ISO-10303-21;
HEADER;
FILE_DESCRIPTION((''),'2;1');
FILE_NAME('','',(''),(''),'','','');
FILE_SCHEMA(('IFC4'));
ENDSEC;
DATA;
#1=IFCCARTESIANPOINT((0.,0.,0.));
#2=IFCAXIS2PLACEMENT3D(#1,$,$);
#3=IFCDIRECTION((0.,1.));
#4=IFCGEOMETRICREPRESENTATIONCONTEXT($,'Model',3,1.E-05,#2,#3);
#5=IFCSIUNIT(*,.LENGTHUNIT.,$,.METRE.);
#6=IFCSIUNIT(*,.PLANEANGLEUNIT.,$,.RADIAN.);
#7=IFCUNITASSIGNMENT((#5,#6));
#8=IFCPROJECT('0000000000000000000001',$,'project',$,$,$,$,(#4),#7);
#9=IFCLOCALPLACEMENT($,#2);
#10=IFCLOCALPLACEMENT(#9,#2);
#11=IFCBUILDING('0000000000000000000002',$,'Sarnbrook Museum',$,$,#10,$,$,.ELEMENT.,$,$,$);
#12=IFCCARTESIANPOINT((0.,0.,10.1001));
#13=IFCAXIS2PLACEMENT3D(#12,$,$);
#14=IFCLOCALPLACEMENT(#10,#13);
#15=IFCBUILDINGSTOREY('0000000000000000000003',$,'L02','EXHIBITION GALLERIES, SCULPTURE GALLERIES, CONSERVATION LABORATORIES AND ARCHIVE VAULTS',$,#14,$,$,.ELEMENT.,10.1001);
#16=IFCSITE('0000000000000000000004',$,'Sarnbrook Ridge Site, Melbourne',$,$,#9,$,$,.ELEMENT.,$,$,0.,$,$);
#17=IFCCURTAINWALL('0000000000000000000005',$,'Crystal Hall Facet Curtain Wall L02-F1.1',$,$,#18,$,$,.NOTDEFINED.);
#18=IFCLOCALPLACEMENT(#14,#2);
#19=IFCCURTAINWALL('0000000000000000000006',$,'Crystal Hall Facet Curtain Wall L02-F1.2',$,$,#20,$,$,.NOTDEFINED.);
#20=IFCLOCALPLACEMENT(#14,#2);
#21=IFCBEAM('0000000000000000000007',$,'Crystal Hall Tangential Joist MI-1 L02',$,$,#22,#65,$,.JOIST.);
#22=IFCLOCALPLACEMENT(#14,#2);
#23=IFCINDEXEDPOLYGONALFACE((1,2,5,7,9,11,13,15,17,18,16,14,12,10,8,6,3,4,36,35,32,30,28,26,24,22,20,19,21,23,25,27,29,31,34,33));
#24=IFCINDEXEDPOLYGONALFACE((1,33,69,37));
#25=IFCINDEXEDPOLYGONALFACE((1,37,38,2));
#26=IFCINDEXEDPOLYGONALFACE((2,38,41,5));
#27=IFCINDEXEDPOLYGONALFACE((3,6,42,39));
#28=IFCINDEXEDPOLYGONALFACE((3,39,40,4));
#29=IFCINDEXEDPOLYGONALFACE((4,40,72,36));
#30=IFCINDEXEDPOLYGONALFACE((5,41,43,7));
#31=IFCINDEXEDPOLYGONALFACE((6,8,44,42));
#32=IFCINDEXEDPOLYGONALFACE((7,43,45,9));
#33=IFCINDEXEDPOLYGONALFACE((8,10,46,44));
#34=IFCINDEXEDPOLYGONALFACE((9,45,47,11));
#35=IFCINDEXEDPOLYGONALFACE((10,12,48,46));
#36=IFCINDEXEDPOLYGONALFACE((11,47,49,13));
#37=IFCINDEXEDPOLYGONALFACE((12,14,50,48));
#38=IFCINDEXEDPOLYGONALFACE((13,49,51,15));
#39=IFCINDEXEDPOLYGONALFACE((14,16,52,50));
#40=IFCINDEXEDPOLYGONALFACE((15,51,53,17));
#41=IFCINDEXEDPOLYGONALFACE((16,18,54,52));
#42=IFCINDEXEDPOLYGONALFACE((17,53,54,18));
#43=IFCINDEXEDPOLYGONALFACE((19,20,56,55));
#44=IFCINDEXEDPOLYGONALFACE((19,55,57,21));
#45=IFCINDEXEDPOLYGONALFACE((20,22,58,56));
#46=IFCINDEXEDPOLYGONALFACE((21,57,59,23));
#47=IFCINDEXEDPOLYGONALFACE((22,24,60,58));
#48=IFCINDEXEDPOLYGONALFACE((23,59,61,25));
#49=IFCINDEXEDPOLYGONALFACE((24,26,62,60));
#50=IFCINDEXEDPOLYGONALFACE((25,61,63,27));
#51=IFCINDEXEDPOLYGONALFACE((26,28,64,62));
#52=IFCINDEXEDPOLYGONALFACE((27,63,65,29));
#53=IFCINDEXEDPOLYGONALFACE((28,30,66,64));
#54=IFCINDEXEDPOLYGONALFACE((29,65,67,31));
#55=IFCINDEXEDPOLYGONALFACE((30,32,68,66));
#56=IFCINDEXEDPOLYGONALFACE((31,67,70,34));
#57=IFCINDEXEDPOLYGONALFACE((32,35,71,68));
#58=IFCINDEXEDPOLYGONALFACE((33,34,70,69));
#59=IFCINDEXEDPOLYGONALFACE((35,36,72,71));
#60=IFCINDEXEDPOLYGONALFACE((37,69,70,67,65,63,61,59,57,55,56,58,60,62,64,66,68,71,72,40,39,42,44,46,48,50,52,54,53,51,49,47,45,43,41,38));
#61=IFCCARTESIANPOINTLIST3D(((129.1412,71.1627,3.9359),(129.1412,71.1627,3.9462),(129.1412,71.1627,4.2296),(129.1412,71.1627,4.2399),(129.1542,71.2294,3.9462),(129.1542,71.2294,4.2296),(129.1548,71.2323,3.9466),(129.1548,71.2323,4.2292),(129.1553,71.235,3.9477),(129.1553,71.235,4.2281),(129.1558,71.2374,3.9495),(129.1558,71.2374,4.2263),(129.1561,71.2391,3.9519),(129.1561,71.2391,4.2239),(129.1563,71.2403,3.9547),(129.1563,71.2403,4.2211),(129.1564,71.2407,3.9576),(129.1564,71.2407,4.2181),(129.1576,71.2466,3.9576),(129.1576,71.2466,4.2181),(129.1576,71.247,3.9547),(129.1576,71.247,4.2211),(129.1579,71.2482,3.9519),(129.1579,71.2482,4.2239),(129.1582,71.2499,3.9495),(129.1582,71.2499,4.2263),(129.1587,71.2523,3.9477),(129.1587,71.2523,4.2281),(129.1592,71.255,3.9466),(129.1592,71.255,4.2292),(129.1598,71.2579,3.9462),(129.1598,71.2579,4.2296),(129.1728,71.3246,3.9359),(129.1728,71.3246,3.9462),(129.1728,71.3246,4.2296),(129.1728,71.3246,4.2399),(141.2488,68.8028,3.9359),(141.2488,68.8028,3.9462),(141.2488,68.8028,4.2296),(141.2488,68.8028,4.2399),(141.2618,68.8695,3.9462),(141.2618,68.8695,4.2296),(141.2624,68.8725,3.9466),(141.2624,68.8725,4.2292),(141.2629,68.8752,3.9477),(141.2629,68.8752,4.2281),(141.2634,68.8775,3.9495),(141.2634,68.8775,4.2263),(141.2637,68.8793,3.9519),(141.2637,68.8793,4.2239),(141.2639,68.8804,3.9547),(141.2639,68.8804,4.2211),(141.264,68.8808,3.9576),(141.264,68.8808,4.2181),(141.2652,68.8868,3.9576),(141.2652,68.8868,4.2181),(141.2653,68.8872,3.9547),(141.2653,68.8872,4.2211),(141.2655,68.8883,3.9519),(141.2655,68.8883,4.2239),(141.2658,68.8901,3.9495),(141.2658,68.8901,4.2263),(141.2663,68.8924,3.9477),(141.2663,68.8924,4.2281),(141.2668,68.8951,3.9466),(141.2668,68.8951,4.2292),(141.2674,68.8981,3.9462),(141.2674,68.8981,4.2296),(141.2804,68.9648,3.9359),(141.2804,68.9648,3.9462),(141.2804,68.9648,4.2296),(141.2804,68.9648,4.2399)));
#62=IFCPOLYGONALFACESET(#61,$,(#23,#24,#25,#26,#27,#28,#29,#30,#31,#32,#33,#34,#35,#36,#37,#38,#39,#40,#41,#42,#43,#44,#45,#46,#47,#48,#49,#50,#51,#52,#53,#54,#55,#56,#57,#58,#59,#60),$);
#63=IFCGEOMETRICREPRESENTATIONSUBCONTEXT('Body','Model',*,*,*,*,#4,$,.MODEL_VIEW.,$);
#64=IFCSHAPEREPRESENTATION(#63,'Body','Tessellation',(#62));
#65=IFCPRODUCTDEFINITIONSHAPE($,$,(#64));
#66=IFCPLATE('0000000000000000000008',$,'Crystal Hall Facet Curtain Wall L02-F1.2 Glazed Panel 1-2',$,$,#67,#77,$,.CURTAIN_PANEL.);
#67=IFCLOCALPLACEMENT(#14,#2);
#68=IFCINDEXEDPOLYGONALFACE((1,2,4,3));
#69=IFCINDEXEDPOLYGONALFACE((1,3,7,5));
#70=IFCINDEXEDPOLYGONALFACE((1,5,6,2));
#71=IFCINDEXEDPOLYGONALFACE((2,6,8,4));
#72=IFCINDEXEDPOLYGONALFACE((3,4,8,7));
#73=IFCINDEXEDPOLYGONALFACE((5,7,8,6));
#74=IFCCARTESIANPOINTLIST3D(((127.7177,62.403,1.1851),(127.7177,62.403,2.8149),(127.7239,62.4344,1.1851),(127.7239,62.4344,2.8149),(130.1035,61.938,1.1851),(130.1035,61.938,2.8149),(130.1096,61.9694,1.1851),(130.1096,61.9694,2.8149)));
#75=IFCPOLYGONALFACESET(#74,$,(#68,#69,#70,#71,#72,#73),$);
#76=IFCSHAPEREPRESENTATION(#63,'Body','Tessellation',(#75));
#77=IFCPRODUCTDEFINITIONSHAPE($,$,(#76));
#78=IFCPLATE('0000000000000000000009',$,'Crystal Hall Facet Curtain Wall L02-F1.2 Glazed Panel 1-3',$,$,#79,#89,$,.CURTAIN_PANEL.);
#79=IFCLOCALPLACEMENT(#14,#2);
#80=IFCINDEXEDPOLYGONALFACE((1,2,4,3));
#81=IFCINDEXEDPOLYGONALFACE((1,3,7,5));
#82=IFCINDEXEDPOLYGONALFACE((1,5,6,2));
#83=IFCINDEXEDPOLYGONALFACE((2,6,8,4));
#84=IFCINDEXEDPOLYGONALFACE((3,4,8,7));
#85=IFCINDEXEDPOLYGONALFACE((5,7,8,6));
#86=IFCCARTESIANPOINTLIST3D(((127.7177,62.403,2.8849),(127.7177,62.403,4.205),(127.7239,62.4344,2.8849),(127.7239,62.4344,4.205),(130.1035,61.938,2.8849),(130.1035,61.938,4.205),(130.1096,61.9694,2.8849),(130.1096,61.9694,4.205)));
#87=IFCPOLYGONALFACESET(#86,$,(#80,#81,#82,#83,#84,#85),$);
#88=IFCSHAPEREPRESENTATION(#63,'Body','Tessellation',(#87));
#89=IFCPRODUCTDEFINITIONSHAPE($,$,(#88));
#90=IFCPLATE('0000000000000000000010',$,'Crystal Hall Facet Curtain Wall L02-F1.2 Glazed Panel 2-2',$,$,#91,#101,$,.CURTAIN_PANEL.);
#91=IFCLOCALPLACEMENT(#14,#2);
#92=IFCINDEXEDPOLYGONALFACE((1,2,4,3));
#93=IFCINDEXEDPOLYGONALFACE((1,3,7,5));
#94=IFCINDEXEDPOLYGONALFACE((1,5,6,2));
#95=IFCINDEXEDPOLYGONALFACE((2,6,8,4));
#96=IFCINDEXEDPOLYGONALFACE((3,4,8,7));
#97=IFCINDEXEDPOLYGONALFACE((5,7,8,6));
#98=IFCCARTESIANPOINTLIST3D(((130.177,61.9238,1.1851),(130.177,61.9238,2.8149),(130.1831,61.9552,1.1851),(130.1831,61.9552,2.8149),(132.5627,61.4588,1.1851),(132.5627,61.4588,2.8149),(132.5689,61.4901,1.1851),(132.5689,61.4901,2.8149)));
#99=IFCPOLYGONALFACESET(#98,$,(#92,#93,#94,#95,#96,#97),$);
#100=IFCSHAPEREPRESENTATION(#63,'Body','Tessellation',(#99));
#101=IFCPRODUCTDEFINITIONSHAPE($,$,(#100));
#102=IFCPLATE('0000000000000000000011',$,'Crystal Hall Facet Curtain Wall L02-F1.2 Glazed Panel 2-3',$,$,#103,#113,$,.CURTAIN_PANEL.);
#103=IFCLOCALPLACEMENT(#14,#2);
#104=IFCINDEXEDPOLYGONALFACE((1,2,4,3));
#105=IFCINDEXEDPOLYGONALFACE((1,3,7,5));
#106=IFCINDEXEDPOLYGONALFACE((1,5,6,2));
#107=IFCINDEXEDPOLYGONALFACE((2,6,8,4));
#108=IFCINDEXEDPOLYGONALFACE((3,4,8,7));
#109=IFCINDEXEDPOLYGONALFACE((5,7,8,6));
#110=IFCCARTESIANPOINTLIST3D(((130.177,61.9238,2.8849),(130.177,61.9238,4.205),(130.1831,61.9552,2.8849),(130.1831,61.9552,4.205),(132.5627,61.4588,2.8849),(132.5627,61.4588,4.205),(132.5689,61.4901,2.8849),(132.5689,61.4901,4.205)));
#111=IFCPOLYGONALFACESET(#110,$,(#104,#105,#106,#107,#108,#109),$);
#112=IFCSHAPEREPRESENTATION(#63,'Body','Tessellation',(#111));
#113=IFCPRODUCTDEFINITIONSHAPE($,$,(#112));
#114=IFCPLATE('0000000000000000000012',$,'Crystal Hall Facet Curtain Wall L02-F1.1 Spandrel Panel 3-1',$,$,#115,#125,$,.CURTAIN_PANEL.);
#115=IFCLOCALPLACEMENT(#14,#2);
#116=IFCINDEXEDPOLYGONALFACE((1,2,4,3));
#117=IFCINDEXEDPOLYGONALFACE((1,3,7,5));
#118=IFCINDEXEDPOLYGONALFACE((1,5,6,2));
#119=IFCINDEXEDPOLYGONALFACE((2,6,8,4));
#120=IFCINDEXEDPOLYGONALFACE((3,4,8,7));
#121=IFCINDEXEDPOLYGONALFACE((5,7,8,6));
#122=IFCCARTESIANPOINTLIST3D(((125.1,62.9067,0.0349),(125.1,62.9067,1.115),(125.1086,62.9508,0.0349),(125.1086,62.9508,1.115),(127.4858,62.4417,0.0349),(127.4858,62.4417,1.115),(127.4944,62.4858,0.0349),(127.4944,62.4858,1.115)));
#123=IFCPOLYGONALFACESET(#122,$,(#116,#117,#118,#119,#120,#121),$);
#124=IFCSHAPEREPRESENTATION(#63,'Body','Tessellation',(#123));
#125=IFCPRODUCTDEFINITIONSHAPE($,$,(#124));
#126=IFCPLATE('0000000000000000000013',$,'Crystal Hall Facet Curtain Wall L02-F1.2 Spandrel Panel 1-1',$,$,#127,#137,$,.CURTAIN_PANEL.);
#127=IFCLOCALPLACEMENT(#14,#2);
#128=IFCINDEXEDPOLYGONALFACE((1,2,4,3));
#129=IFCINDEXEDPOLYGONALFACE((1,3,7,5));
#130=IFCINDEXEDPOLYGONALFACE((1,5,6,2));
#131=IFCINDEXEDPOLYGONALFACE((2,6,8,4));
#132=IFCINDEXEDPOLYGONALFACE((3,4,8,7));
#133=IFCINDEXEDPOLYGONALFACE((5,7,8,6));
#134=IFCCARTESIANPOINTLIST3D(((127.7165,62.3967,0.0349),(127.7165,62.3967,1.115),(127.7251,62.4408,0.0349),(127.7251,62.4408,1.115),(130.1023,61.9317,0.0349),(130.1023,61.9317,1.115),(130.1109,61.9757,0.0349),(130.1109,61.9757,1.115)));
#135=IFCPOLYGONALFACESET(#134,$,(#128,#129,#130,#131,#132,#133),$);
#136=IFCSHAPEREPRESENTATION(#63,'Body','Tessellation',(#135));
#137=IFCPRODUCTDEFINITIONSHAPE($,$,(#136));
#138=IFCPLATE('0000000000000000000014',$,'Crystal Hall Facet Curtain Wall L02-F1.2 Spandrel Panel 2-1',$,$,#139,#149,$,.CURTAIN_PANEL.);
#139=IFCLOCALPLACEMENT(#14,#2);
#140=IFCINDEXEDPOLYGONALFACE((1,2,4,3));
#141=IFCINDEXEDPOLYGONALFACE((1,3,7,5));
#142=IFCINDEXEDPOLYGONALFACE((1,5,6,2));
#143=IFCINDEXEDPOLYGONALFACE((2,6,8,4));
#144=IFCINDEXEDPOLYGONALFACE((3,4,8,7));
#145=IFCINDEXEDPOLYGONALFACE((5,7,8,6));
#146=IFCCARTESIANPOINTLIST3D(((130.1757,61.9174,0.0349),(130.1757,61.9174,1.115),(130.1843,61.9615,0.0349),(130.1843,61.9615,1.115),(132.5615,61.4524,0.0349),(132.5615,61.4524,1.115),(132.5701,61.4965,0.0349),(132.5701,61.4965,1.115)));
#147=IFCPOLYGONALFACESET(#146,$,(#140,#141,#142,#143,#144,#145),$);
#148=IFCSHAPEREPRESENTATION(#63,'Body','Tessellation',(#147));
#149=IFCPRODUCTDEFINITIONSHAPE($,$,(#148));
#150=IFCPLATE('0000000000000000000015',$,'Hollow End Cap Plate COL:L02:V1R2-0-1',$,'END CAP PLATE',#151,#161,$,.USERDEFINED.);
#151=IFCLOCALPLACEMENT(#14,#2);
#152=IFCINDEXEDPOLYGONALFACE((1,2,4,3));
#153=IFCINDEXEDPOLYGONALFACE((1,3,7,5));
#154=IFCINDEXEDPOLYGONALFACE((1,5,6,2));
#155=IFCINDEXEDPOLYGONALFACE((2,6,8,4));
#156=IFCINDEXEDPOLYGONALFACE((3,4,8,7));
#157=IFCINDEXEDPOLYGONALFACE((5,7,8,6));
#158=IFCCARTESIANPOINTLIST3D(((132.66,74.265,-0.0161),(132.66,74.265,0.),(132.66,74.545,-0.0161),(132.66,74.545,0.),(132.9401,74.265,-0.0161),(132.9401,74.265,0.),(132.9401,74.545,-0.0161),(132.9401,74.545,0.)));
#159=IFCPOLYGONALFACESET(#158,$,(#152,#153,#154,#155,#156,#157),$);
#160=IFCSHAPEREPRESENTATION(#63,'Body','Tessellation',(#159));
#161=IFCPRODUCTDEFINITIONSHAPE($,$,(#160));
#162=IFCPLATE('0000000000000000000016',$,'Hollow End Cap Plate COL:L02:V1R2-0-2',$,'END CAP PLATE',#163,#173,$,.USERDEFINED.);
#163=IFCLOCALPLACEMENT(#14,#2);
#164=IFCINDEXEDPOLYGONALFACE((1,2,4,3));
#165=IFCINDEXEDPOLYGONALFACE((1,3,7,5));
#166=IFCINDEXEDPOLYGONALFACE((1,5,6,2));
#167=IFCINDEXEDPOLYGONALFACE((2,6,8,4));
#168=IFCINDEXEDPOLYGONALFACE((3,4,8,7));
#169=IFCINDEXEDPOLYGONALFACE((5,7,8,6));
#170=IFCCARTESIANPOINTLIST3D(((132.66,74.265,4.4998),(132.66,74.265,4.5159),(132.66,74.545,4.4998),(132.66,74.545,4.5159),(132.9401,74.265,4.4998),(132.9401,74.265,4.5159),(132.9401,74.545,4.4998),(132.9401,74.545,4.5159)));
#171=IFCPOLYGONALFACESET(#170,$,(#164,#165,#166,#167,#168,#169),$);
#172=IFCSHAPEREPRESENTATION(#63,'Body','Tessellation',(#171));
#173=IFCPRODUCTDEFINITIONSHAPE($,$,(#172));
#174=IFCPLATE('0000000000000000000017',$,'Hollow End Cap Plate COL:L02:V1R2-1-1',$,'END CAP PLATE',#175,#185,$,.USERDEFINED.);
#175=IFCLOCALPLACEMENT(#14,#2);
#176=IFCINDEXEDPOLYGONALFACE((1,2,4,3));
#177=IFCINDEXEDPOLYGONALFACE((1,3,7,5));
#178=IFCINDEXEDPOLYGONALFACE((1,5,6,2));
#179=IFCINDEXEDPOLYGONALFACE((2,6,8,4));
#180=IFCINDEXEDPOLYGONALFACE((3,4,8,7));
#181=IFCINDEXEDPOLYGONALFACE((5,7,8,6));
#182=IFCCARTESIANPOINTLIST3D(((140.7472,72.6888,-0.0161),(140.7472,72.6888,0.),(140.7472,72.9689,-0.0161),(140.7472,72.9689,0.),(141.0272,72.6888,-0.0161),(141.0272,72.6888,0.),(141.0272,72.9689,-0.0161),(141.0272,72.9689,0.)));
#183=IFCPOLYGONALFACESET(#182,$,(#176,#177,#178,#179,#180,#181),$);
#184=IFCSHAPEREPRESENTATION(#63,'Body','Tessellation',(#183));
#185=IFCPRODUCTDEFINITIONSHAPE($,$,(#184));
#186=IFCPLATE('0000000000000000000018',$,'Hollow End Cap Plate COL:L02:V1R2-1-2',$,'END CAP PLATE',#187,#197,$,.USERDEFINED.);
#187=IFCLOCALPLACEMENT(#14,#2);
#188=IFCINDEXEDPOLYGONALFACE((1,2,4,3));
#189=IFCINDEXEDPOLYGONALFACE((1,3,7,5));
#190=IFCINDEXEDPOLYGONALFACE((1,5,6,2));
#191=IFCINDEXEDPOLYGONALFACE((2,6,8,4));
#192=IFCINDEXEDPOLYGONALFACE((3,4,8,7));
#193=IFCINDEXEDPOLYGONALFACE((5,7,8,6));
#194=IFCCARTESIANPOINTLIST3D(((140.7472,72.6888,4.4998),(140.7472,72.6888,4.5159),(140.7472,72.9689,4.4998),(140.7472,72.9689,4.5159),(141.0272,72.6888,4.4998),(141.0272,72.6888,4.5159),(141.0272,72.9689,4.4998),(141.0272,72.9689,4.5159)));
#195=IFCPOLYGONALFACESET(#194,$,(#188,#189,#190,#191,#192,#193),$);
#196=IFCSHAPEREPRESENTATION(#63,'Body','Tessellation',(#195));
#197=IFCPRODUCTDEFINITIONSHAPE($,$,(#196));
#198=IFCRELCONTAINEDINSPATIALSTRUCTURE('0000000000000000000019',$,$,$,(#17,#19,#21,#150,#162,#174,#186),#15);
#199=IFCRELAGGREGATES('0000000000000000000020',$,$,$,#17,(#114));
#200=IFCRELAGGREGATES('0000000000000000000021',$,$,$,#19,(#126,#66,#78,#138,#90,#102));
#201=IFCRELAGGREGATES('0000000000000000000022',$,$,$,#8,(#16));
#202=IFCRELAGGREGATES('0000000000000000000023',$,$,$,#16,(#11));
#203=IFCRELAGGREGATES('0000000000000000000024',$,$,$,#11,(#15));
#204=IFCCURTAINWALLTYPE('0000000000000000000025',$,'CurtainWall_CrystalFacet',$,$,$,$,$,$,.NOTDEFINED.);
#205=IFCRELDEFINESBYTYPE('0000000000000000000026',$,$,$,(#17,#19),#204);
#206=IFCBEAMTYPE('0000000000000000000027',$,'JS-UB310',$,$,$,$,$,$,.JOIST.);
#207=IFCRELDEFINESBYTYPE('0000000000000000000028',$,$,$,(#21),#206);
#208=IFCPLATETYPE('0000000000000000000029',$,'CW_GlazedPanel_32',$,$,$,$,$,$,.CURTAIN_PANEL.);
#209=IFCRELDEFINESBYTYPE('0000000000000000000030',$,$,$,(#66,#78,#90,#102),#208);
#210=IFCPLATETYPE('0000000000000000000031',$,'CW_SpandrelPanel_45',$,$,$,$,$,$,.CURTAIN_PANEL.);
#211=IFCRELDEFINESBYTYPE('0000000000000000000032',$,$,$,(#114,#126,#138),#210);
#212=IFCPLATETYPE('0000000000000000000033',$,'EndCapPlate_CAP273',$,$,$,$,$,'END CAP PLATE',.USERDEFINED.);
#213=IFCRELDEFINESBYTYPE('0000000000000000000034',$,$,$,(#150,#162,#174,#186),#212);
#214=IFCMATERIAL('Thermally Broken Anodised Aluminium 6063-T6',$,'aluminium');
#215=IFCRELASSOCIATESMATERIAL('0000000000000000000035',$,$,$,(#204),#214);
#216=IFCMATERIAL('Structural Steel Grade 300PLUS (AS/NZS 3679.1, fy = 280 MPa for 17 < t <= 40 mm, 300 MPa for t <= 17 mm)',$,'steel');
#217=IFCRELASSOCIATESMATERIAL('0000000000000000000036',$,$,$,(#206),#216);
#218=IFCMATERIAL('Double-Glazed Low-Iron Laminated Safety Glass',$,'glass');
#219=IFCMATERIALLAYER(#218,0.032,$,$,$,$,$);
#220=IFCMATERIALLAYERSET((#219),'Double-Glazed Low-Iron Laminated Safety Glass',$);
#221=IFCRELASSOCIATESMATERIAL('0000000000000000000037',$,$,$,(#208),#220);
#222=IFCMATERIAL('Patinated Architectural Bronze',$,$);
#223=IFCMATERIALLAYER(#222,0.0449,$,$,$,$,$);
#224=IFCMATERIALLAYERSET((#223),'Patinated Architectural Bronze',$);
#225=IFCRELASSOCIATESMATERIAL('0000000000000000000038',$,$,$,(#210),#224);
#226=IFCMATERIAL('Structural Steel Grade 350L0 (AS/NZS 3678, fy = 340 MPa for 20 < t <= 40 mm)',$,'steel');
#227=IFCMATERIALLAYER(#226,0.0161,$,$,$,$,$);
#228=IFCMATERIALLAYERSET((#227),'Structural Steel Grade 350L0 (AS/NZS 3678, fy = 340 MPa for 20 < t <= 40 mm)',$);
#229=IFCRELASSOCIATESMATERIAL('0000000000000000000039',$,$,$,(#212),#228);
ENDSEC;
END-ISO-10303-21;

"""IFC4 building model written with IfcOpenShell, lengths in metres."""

from ifc_helpers import new_model, si_unit, direction, frame, origin, origin_2d, place, context, subcontext, project, spatial, rectangle, i_section, extrude, material, layer, layer_set, material_profile, profile_set, type_object, element, aggregate, save


model = new_model("IFC4")

# Units and contexts
model_context = context("Model", 3, precision=1e-05, world=origin(), true_north=direction((0.0, 1.0)))
body_context = subcontext(model_context, "Body", "Model", "MODEL_VIEW")
ifc_project = project(units=[si_unit("LENGTHUNIT", "METRE"), si_unit("PLANEANGLEUNIT", "RADIAN")], contexts=[model_context])

# Site, building, storey
site_placement = place(None, origin())
site = spatial("IfcSite", under=ifc_project, at=site_placement, Name="Sarnbrook Ridge Site, Melbourne", CompositionType="ELEMENT", RefElevation=0.0)
building_placement = place(site_placement, origin())
building = spatial("IfcBuilding", under=site, at=building_placement, Name="Sarnbrook Museum", CompositionType="ELEMENT")
storey_placement = place(building_placement, frame((0.0, 0.0, 10.1001)))
storey = spatial("IfcBuildingStorey", under=building, at=storey_placement, Name="L02", Description="EXHIBITION GALLERIES, SCULPTURE GALLERIES, CONSERVATION LABORATORIES AND ARCHIVE VAULTS", CompositionType="ELEMENT", Elevation=10.1001)

# Shared definitions
ifc_material_1 = material(Name="Structural Steel Grade 300PLUS (AS/NZS 3679.1, fy = 280 MPa for 17 < t <= 40 mm, 300 MPa for t <= 17 mm)", Category="steel")
ifc_material_2 = material(Name="Structural Steel Grade 350L0 (AS/NZS 3678, fy = 340 MPa for 20 < t <= 40 mm)", Category="steel")

# Curtain wall
ifc_material_3 = material(Name="Thermally Broken Anodised Aluminium 6063-T6", Category="aluminium")
curtain_wall_type = type_object("IfcCurtainWallType", Name="CurtainWall_CrystalFacet", PredefinedType="NOTDEFINED", material=ifc_material_3)
curtain_wall_1_placement = place(storey_placement, origin())
curtain_wall_1 = element("IfcCurtainWall", 1, at=curtain_wall_1_placement, inside=storey, type_object=curtain_wall_type, Name="Crystal Hall Facet Curtain Wall L02-F1.1", PredefinedType="NOTDEFINED")

# Curtain wall
curtain_wall_2_placement = place(storey_placement, origin())
curtain_wall_2 = element("IfcCurtainWall", 2, at=curtain_wall_2_placement, inside=storey, type_object=curtain_wall_type, Name="Crystal Hall Facet Curtain Wall L02-F1.2", PredefinedType="NOTDEFINED")

# Beam
ifc_material_profile_1 = material_profile(ifc_material_1, i_section(OverallWidth=0.165, OverallDepth=0.304, WebThickness=0.0061, FlangeThickness=0.0103, FilletRadius=0.0115, at=origin_2d()), Name="310UB40.4")
ifc_profile_set_1 = profile_set([ifc_material_profile_1], Name="Structural Steel Grade 300PLUS (AS/NZS 3679.1, fy = 280 MPa for 17 < t <= 40 mm, 300 MPa for t <= 17 mm)")
beam_type_1 = type_object("IfcBeamType", Name="JS-UB310", PredefinedType="JOIST", material=ifc_profile_set_1)
beam_1_placement = place(storey_placement, frame((129.157, 71.2437, 4.0879), z_axis=(0.98153, -0.191307, 0.0), x_axis=(0.191307, 0.98153, 0.0)))
element("IfcBeam", 3, at=beam_1_placement, inside=storey, type_object=beam_type_1, Name="Crystal Hall Tangential Joist MI-1 L02", PredefinedType="JOIST", context=body_context, shape_type="SweptSolid", body=[
    extrude(i_section(OverallWidth=0.165, OverallDepth=0.304, WebThickness=0.0061, FlangeThickness=0.0103, FilletRadius=0.0115, at=origin_2d()), origin(), (0.0, 0.0, 1.0), 12.3354),
])

# Plates
ifc_material_4 = material(Name="Double-Glazed Low-Iron Laminated Safety Glass", Category="glass")
ifc_layer_1 = layer(ifc_material_4, 0.032)
ifc_layer_set_1 = layer_set([ifc_layer_1], Name="Double-Glazed Low-Iron Laminated Safety Glass")
plate_type_1 = type_object("IfcPlateType", Name="CW_GlazedPanel_32", PredefinedType="CURTAIN_PANEL", material=ifc_layer_set_1)
plate_1_placement = place(storey_placement, frame((128.9167, 62.2019, 2.0), z_axis=(-0.191313, -0.981529, 0.0), x_axis=(0.981529, -0.191313, 0.0)))
plate_1 = element("IfcPlate", 4, at=plate_1_placement, type_object=plate_type_1, Name="Crystal Hall Facet Curtain Wall L02-F1.2 Glazed Panel 1-2", PredefinedType="CURTAIN_PANEL", context=body_context, shape_type="SweptSolid", body=[
    extrude(rectangle(XDim=2.4307, YDim=1.6299, at=origin_2d()), origin(), (0.0, 0.0, 1.0), 0.032),
])
plate_2_placement = place(storey_placement, frame((128.9167, 62.2019, 3.5449), z_axis=(-0.191313, -0.981529, 0.0), x_axis=(0.981529, -0.191313, 0.0)))
plate_2 = element("IfcPlate", 5, at=plate_2_placement, type_object=plate_type_1, Name="Crystal Hall Facet Curtain Wall L02-F1.2 Glazed Panel 1-3", PredefinedType="CURTAIN_PANEL", context=body_context, shape_type="SweptSolid", body=[
    extrude(rectangle(XDim=2.4307, YDim=1.3201, at=origin_2d()), origin(), (0.0, 0.0, 1.0), 0.032),
])
plate_3_placement = place(storey_placement, frame((131.376, 61.7227, 2.0), z_axis=(-0.191313, -0.981529, 0.0), x_axis=(0.981529, -0.191313, 0.0)))
plate_3 = element("IfcPlate", 6, at=plate_3_placement, type_object=plate_type_1, Name="Crystal Hall Facet Curtain Wall L02-F1.2 Glazed Panel 2-2", PredefinedType="CURTAIN_PANEL", context=body_context, shape_type="SweptSolid", body=[
    extrude(rectangle(XDim=2.4307, YDim=1.6299, at=origin_2d()), origin(), (0.0, 0.0, 1.0), 0.032),
])
plate_4_placement = place(storey_placement, frame((131.376, 61.7227, 3.5449), z_axis=(-0.191313, -0.981529, 0.0), x_axis=(0.981529, -0.191313, 0.0)))
plate_4 = element("IfcPlate", 7, at=plate_4_placement, type_object=plate_type_1, Name="Crystal Hall Facet Curtain Wall L02-F1.2 Glazed Panel 2-3", PredefinedType="CURTAIN_PANEL", context=body_context, shape_type="SweptSolid", body=[
    extrude(rectangle(XDim=2.4307, YDim=1.3201, at=origin_2d()), origin(), (0.0, 0.0, 1.0), 0.032),
])
ifc_material_5 = material(Name="Patinated Architectural Bronze")
ifc_layer_2 = layer(ifc_material_5, 0.0449)
ifc_layer_set_2 = layer_set([ifc_layer_2], Name="Patinated Architectural Bronze")
plate_type_2 = type_object("IfcPlateType", Name="CW_SpandrelPanel_45", PredefinedType="CURTAIN_PANEL", material=ifc_layer_set_2)
plate_5_placement = place(storey_placement, frame((126.3015, 62.7183, 0.575), z_axis=(-0.191313, -0.981529, 0.0), x_axis=(0.981529, -0.191313, 0.0)))
plate_5 = element("IfcPlate", 8, at=plate_5_placement, type_object=plate_type_2, Name="Crystal Hall Facet Curtain Wall L02-F1.1 Spandrel Panel 3-1", PredefinedType="CURTAIN_PANEL", context=body_context, shape_type="SweptSolid", body=[
    extrude(rectangle(XDim=2.4307, YDim=1.0801, at=origin_2d()), origin(), (0.0, 0.0, 1.0), 0.0449),
])
aggregate(curtain_wall_1, [plate_5])
plate_6_placement = place(storey_placement, frame((128.918, 62.2083, 0.575), z_axis=(-0.191313, -0.981529, 0.0), x_axis=(0.981529, -0.191313, 0.0)))
plate_6 = element("IfcPlate", 9, at=plate_6_placement, type_object=plate_type_2, Name="Crystal Hall Facet Curtain Wall L02-F1.2 Spandrel Panel 1-1", PredefinedType="CURTAIN_PANEL", context=body_context, shape_type="SweptSolid", body=[
    extrude(rectangle(XDim=2.4307, YDim=1.0801, at=origin_2d()), origin(), (0.0, 0.0, 1.0), 0.0449),
])
plate_7_placement = place(storey_placement, frame((131.3772, 61.729, 0.575), z_axis=(-0.191313, -0.981529, 0.0), x_axis=(0.981529, -0.191313, 0.0)))
plate_7 = element("IfcPlate", 10, at=plate_7_placement, type_object=plate_type_2, Name="Crystal Hall Facet Curtain Wall L02-F1.2 Spandrel Panel 2-1", PredefinedType="CURTAIN_PANEL", context=body_context, shape_type="SweptSolid", body=[
    extrude(rectangle(XDim=2.4307, YDim=1.0801, at=origin_2d()), origin(), (0.0, 0.0, 1.0), 0.0449),
])
aggregate(curtain_wall_2, [plate_6, plate_1, plate_2, plate_7, plate_3, plate_4])

# Plates
ifc_layer_3 = layer(ifc_material_2, 0.0161)
ifc_layer_set_3 = layer_set([ifc_layer_3], Name="Structural Steel Grade 350L0 (AS/NZS 3678, fy = 340 MPa for 20 < t <= 40 mm)")
plate_type_3 = type_object("IfcPlateType", Name="EndCapPlate_CAP273", ElementType="END CAP PLATE", PredefinedType="USERDEFINED", material=ifc_layer_set_3)
for number, where, z_axis, x_axis, name in (
    (11, (132.8, 74.405, -0.0161), (0.0, 0.0, 1.0), (1.0, 0.0, 0.0), "Hollow End Cap Plate COL:L02:V1R2-0-1"),
    (12, (132.8, 74.405, 4.4998), (0.0, 0.0, 1.0), (1.0, 0.0, 0.0), "Hollow End Cap Plate COL:L02:V1R2-0-2"),
    (13, (140.8872, 72.8289, -0.0161), (0.0, 0.0, 1.0), (1.0, 0.0, 0.0), "Hollow End Cap Plate COL:L02:V1R2-1-1"),
    (14, (140.8872, 72.8289, 4.4998), (0.0, 0.0, 1.0), (1.0, 0.0, 0.0), "Hollow End Cap Plate COL:L02:V1R2-1-2"),
):
    element("IfcPlate", number, at=place(storey_placement, frame(where, z_axis=z_axis, x_axis=x_axis)), inside=storey, type_object=plate_type_3, Name=name, ObjectType="END CAP PLATE", PredefinedType="USERDEFINED", context=body_context, shape_type="SweptSolid", body=[
        extrude(rectangle(XDim=0.28, YDim=0.28, at=origin_2d()), origin(), (0.0, 0.0, 1.0), 0.0161),
    ])

save(model, "model.ifc")
